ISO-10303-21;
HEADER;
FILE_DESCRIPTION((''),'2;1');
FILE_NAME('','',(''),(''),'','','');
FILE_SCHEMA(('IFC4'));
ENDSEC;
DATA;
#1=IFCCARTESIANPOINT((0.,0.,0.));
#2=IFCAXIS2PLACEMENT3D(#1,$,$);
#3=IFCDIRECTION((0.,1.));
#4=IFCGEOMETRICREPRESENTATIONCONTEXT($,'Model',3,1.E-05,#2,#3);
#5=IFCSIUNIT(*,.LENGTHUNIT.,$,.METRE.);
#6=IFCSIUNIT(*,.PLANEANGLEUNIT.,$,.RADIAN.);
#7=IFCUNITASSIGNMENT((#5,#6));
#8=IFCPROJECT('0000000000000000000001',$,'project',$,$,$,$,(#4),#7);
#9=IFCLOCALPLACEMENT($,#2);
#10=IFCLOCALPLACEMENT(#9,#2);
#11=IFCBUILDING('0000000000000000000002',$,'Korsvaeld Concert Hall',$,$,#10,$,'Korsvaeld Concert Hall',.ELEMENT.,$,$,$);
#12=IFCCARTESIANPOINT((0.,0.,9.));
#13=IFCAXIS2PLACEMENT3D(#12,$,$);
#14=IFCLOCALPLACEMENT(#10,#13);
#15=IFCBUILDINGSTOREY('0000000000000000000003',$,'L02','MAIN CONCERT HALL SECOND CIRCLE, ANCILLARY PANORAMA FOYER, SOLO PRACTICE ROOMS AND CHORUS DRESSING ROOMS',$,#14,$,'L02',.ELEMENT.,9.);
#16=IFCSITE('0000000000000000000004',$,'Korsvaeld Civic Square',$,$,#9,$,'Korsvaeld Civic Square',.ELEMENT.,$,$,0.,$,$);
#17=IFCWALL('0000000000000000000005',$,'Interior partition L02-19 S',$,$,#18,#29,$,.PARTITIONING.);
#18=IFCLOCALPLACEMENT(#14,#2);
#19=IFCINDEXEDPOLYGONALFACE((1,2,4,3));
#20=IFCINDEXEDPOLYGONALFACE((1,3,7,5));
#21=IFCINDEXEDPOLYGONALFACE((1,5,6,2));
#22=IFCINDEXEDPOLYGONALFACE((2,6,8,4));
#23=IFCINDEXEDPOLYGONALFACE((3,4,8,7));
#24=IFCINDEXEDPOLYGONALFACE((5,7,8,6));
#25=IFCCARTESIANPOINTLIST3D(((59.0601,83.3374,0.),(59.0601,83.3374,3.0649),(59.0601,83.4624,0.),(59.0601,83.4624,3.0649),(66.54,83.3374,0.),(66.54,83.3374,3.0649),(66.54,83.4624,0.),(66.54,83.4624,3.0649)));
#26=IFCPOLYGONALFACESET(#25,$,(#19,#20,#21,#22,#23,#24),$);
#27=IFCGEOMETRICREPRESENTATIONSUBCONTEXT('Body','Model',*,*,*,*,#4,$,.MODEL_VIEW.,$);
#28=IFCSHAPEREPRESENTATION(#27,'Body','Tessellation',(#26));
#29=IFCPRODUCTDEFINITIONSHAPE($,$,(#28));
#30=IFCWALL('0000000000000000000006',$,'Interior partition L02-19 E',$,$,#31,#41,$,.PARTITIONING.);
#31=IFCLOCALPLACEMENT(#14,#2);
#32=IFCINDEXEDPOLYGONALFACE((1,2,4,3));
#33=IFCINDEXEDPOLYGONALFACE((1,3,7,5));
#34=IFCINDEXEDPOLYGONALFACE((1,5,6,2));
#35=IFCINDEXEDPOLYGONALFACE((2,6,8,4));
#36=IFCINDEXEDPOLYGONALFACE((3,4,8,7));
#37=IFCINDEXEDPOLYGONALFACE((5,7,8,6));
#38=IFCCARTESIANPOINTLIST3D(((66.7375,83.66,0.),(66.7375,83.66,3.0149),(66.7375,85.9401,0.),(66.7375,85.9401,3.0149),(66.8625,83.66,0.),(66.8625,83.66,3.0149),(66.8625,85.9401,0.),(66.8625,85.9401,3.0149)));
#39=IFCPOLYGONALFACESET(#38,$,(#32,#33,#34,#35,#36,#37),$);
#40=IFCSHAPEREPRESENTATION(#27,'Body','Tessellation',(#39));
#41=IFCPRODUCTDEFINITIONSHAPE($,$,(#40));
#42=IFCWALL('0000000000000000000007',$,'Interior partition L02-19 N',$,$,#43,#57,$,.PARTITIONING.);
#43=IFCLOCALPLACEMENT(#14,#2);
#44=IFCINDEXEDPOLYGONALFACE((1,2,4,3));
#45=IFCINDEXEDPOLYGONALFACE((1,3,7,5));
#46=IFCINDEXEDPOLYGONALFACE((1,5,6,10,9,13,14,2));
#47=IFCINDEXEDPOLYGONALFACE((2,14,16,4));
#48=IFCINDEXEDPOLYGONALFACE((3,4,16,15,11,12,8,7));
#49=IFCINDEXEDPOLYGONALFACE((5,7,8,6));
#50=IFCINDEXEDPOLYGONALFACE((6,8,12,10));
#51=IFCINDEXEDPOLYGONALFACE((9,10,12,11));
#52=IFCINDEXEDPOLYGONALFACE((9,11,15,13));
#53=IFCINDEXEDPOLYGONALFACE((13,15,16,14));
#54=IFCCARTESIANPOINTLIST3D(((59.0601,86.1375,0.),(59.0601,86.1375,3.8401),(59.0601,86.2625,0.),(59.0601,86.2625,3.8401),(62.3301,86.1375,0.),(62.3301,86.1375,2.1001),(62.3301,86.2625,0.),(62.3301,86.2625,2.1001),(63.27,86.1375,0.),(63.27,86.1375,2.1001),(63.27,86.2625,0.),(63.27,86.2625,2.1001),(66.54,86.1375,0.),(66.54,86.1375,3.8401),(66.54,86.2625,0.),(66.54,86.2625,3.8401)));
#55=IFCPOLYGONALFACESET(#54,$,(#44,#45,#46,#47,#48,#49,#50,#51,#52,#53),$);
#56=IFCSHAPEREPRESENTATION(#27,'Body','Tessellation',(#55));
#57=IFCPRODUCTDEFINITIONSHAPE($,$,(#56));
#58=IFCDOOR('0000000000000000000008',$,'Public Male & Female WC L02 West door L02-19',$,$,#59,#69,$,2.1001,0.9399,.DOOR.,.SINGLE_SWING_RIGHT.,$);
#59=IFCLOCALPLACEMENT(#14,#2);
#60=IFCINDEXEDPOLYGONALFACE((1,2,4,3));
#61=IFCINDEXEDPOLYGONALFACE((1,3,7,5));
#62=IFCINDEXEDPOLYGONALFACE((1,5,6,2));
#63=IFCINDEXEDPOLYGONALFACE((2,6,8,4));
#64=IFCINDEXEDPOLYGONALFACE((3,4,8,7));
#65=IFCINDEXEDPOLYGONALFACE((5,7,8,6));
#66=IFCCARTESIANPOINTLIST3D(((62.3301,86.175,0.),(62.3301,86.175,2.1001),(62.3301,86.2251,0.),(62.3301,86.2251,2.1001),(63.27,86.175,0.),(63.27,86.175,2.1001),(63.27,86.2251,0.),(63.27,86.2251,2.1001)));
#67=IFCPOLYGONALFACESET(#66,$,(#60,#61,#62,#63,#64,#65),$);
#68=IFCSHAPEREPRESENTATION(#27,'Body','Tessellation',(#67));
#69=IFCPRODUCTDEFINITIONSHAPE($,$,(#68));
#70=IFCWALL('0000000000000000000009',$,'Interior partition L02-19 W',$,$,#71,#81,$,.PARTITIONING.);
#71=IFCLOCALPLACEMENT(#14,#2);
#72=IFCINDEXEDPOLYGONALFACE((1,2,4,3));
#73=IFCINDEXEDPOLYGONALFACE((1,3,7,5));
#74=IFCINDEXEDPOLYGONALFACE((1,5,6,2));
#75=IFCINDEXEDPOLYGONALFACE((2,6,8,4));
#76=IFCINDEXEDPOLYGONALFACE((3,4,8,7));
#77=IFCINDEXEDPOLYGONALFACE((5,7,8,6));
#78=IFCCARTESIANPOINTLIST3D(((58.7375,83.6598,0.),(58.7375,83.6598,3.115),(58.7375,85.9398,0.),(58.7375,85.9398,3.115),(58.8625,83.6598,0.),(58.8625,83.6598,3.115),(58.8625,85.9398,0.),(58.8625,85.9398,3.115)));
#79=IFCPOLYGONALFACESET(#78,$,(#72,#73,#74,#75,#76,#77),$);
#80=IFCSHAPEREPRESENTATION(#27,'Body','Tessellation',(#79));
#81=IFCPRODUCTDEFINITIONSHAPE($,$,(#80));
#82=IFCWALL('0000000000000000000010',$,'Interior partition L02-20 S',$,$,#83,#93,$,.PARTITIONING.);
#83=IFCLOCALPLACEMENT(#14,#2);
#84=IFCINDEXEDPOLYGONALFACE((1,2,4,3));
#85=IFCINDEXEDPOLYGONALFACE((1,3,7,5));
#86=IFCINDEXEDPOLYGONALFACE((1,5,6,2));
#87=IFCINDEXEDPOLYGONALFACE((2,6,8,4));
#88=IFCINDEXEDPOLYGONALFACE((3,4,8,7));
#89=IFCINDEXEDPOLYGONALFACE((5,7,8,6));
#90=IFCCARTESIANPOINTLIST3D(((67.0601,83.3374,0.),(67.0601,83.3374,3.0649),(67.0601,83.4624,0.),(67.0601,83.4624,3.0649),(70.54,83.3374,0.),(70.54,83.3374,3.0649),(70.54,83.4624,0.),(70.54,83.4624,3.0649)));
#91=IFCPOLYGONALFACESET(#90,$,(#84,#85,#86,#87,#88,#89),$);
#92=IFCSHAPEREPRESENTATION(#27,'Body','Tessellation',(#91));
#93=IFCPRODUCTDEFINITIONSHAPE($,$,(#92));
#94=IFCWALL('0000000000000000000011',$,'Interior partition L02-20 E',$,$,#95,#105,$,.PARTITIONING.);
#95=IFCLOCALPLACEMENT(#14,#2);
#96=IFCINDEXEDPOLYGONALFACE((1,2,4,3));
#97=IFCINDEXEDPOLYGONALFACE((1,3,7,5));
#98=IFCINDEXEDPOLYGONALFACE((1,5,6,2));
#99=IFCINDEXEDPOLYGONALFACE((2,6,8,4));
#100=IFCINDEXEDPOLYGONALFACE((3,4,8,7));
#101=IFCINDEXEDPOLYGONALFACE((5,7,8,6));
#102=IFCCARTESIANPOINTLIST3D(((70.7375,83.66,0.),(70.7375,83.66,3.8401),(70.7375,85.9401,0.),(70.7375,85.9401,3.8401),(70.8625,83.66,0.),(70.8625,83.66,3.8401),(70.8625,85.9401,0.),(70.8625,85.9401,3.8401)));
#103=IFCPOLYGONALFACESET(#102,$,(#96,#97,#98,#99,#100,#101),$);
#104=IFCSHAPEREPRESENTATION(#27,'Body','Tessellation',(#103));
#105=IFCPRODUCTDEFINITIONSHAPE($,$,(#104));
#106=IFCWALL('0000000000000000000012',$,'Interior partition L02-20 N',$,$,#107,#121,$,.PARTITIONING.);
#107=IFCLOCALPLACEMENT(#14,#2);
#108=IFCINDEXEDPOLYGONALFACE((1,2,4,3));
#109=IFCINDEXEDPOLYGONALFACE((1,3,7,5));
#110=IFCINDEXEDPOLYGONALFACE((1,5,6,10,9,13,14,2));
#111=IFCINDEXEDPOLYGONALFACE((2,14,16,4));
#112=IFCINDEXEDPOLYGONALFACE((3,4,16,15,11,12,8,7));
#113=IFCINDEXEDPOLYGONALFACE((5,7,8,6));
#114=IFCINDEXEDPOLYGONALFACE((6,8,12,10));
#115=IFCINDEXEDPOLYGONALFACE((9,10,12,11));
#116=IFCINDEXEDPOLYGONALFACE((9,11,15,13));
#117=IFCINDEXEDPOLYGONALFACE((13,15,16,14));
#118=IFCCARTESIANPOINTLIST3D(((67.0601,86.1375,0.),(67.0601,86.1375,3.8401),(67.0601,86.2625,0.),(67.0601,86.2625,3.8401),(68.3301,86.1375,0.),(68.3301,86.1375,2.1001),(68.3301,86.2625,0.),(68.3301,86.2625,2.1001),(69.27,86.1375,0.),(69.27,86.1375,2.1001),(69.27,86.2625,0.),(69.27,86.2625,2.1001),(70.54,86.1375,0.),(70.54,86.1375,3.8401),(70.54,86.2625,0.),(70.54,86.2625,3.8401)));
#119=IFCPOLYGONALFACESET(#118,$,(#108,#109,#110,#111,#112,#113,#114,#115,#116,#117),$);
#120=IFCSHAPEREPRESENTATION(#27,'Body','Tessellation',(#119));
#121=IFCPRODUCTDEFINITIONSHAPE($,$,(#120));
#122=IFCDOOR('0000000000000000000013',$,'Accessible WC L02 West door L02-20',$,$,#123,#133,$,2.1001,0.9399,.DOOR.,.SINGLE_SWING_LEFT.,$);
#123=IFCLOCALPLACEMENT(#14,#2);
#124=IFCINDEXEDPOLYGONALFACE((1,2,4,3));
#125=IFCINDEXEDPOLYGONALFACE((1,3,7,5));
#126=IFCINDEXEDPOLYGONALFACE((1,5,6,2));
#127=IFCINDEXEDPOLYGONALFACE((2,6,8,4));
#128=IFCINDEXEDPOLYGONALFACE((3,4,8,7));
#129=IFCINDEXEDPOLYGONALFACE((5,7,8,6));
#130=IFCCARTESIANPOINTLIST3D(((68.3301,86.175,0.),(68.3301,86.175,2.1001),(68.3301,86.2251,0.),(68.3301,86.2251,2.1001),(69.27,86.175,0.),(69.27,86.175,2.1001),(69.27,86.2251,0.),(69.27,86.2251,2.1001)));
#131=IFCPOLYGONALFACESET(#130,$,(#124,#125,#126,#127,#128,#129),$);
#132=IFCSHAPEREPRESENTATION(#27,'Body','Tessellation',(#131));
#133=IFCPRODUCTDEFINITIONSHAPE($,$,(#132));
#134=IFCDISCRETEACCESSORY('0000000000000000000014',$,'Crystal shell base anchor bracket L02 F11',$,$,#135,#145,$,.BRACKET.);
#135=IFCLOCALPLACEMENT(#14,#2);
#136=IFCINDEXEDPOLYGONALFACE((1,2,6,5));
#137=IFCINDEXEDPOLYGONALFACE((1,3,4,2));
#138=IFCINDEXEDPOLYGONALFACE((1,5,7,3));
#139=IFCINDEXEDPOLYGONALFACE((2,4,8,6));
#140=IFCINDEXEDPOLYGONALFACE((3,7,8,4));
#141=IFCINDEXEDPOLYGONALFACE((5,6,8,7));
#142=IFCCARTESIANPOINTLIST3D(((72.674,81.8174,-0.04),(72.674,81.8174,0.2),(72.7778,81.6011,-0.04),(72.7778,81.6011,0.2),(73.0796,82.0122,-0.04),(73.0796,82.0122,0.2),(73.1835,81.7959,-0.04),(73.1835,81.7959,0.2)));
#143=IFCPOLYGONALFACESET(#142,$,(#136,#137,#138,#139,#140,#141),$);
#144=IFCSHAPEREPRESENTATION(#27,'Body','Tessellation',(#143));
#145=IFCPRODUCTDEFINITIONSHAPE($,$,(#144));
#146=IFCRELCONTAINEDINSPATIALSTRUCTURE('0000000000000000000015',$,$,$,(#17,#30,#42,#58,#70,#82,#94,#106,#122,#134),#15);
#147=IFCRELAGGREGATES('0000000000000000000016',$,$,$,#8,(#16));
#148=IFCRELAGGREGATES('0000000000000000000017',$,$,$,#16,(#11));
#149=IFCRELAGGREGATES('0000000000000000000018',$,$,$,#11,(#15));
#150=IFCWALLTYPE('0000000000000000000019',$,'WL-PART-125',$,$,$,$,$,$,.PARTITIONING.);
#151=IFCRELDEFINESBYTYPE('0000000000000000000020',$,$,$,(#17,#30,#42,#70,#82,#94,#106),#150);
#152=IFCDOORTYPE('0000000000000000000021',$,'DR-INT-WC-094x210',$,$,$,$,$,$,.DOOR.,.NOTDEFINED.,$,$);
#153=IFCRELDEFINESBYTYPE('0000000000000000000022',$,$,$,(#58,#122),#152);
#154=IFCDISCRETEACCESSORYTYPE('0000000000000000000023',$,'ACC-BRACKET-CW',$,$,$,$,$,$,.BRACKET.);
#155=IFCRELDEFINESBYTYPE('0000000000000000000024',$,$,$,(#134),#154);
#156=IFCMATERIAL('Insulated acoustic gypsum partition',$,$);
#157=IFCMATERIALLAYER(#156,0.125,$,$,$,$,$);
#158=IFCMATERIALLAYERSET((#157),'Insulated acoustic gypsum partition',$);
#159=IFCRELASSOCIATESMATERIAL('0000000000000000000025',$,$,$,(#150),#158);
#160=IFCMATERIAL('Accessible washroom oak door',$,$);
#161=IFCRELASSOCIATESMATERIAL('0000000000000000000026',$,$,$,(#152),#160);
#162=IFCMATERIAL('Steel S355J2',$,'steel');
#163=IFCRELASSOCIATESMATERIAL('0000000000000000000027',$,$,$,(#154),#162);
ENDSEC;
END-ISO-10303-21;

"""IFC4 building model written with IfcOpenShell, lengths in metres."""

from ifc_helpers import new_model, si_unit, direction, frame, frame_2d, origin, origin_2d, place, context, subcontext, project, spatial, rectangle, extrude, material, layer, layer_set, type_object, element, fill, save


model = new_model("IFC4")

# Units and contexts
model_context = context("Model", 3, precision=1e-05, world=origin(), true_north=direction((0.0, 1.0)))
body_context = subcontext(model_context, "Body", "Model", "MODEL_VIEW")
ifc_project = project(units=[si_unit("LENGTHUNIT", "METRE"), si_unit("PLANEANGLEUNIT", "RADIAN")], contexts=[model_context])

# Site, building, storey
site_placement = place(None, origin())
site = spatial("IfcSite", under=ifc_project, at=site_placement, Name="Korsvaeld Civic Square", LongName="Korsvaeld Civic Square", CompositionType="ELEMENT", RefElevation=0.0)
building_placement = place(site_placement, origin())
building = spatial("IfcBuilding", under=site, at=building_placement, Name="Korsvaeld Concert Hall", LongName="Korsvaeld Concert Hall", CompositionType="ELEMENT")
storey_placement = place(building_placement, frame((0.0, 0.0, 9.0)))
storey = spatial("IfcBuildingStorey", under=building, at=storey_placement, Name="L02", Description="MAIN CONCERT HALL SECOND CIRCLE, ANCILLARY PANORAMA FOYER, SOLO PRACTICE ROOMS AND CHORUS DRESSING ROOMS", LongName="L02", CompositionType="ELEMENT", Elevation=9.0)

# Shared definitions
ifc_material_1 = material(Name="Steel S355J2", Category="steel")

# Shared definitions
ifc_material_2 = material(Name="Insulated acoustic gypsum partition")
ifc_layer_1 = layer(ifc_material_2, 0.125)
ifc_layer_set_1 = layer_set([ifc_layer_1], Name="Insulated acoustic gypsum partition")
wall_type = type_object("IfcWallType", Name="WL-PART-125", PredefinedType="PARTITIONING", material=ifc_layer_set_1)

# Walls
wall_1_placement = place(storey_placement, frame((59.0601, 83.3999, 0.0), z_axis=(0.0, 0.0, 1.0), x_axis=(1.0, 0.0, 0.0)))
element("IfcWall", 1, at=wall_1_placement, inside=storey, type_object=wall_type, Name="Interior partition L02-19 S", PredefinedType="PARTITIONING", context=body_context, shape_type="SweptSolid", body=[
    extrude(rectangle(XDim=7.48, YDim=0.125, at=frame_2d((3.74, 0.0))), origin(), (0.0, 0.0, 1.0), 3.0649),
])
wall_2_placement = place(storey_placement, frame((66.8, 83.6599, 0.0), z_axis=(0.0, 0.0, 1.0), x_axis=(0.0, 1.0, 0.0)))
element("IfcWall", 2, at=wall_2_placement, inside=storey, type_object=wall_type, Name="Interior partition L02-19 E", PredefinedType="PARTITIONING", context=body_context, shape_type="SweptSolid", body=[
    extrude(rectangle(XDim=2.28, YDim=0.125, at=frame_2d((1.1401, 0.0))), origin(), (0.0, 0.0, 1.0), 3.0149),
])

# Wall, opening, door
wall_3_placement = place(storey_placement, frame((66.54, 86.2, 0.0), z_axis=(0.0, 0.0, 1.0), x_axis=(-1.0, 0.0, 0.0)))
wall_3 = element("IfcWall", 3, at=wall_3_placement, inside=storey, type_object=wall_type, Name="Interior partition L02-19 N", PredefinedType="PARTITIONING", context=body_context, shape_type="SweptSolid", body=[
    extrude(rectangle(XDim=7.48, YDim=0.125, at=frame_2d((3.74, 0.0))), origin(), (0.0, 0.0, 1.0), 3.8401),
])
opening_1_placement = place(wall_3_placement, frame((3.27, 0.0, 0.0)))
opening_1 = element("IfcOpeningElement", 4, at=opening_1_placement, cuts=wall_3, PredefinedType="OPENING", context=body_context, shape_type="SweptSolid", body=[
    extrude(rectangle(XDim=0.9399, YDim=2.1001, at=frame_2d((0.47, 1.05))), frame((0.0, 0.0725, 0.0), z_axis=(0.0, -1.0, 0.0), x_axis=(1.0, 0.0, 0.0)), (0.0, 0.0, 1.0), 0.145),
])
ifc_material_3 = material(Name="Accessible washroom oak door")
door_type_1 = type_object("IfcDoorType", Name="DR-INT-WC-094x210", OperationType="NOTDEFINED", PredefinedType="DOOR", material=ifc_material_3)
door_1_placement = place(opening_1_placement, origin())
door_1 = element("IfcDoor", 5, at=door_1_placement, inside=storey, type_object=door_type_1, Name="Public Male & Female WC L02 West door L02-19", OperationType="SINGLE_SWING_RIGHT", OverallHeight=2.1001, OverallWidth=0.9399, PredefinedType="DOOR", context=body_context, shape_type="SweptSolid", body=[
    extrude(rectangle(XDim=0.9399, YDim=2.1001, at=frame_2d((0.47, 1.05))), frame((0.0, 0.0249, 0.0), z_axis=(0.0, -1.0, 0.0), x_axis=(1.0, 0.0, 0.0)), (0.0, 0.0, 1.0), 0.05),
])
fill(opening_1, door_1)

# Walls
wall_4_placement = place(storey_placement, frame((58.8, 85.9399, 0.0), z_axis=(0.0, 0.0, 1.0), x_axis=(0.0, -1.0, 0.0)))
element("IfcWall", 6, at=wall_4_placement, inside=storey, type_object=wall_type, Name="Interior partition L02-19 W", PredefinedType="PARTITIONING", context=body_context, shape_type="SweptSolid", body=[
    extrude(rectangle(XDim=2.28, YDim=0.125, at=frame_2d((1.1401, 0.0))), origin(), (0.0, 0.0, 1.0), 3.115),
])
wall_5_placement = place(storey_placement, frame((67.0601, 83.3999, 0.0), z_axis=(0.0, 0.0, 1.0), x_axis=(1.0, 0.0, 0.0)))
element("IfcWall", 7, at=wall_5_placement, inside=storey, type_object=wall_type, Name="Interior partition L02-20 S", PredefinedType="PARTITIONING", context=body_context, shape_type="SweptSolid", body=[
    extrude(rectangle(XDim=3.48, YDim=0.125, at=frame_2d((1.74, 0.0))), origin(), (0.0, 0.0, 1.0), 3.0649),
])
wall_6_placement = place(storey_placement, frame((70.8, 83.6599, 0.0), z_axis=(0.0, 0.0, 1.0), x_axis=(0.0, 1.0, 0.0)))
element("IfcWall", 8, at=wall_6_placement, inside=storey, type_object=wall_type, Name="Interior partition L02-20 E", PredefinedType="PARTITIONING", context=body_context, shape_type="SweptSolid", body=[
    extrude(rectangle(XDim=2.28, YDim=0.125, at=frame_2d((1.1401, 0.0))), origin(), (0.0, 0.0, 1.0), 3.8401),
])

# Wall, opening, door
wall_7_placement = place(storey_placement, frame((70.54, 86.2, 0.0), z_axis=(0.0, 0.0, 1.0), x_axis=(-1.0, 0.0, 0.0)))
wall_7 = element("IfcWall", 9, at=wall_7_placement, inside=storey, type_object=wall_type, Name="Interior partition L02-20 N", PredefinedType="PARTITIONING", context=body_context, shape_type="SweptSolid", body=[
    extrude(rectangle(XDim=3.48, YDim=0.125, at=frame_2d((1.74, 0.0))), origin(), (0.0, 0.0, 1.0), 3.8401),
])
opening_2_placement = place(wall_7_placement, frame((1.27, 0.0, 0.0)))
opening_2 = element("IfcOpeningElement", 10, at=opening_2_placement, cuts=wall_7, PredefinedType="OPENING", context=body_context, shape_type="SweptSolid", body=[
    extrude(rectangle(XDim=0.9399, YDim=2.1001, at=frame_2d((0.47, 1.05))), frame((0.0, 0.0725, 0.0), z_axis=(0.0, -1.0, 0.0), x_axis=(1.0, 0.0, 0.0)), (0.0, 0.0, 1.0), 0.145),
])
door_2_placement = place(opening_2_placement, origin())
door_2 = element("IfcDoor", 11, at=door_2_placement, inside=storey, type_object=door_type_1, Name="Accessible WC L02 West door L02-20", OperationType="SINGLE_SWING_LEFT", OverallHeight=2.1001, OverallWidth=0.9399, PredefinedType="DOOR", context=body_context, shape_type="SweptSolid", body=[
    extrude(rectangle(XDim=0.9399, YDim=2.1001, at=frame_2d((0.47, 1.05))), frame((0.0, 0.0249, 0.0), z_axis=(0.0, -1.0, 0.0), x_axis=(1.0, 0.0, 0.0)), (0.0, 0.0, 1.0), 0.05),
])
fill(opening_2, door_2)

# Discrete accessory
discrete_accessory_type = type_object("IfcDiscreteAccessoryType", Name="ACC-BRACKET-CW", PredefinedType="BRACKET", material=ifc_material_1)
discrete_accessory_placement = place(storey_placement, frame((72.9287, 81.8066, -0.04), z_axis=(0.0, 0.0, 1.0), x_axis=(-0.901455, -0.432873, 0.0)))
element("IfcDiscreteAccessory", 12, at=discrete_accessory_placement, inside=storey, type_object=discrete_accessory_type, Name="Crystal shell base anchor bracket L02 F11", PredefinedType="BRACKET", context=body_context, shape_type="SweptSolid", body=[
    extrude(rectangle(XDim=0.45, YDim=0.24, at=origin_2d()), origin(), (0.0, 0.0, 1.0), 0.24),
])

save(model, "model.ifc")
